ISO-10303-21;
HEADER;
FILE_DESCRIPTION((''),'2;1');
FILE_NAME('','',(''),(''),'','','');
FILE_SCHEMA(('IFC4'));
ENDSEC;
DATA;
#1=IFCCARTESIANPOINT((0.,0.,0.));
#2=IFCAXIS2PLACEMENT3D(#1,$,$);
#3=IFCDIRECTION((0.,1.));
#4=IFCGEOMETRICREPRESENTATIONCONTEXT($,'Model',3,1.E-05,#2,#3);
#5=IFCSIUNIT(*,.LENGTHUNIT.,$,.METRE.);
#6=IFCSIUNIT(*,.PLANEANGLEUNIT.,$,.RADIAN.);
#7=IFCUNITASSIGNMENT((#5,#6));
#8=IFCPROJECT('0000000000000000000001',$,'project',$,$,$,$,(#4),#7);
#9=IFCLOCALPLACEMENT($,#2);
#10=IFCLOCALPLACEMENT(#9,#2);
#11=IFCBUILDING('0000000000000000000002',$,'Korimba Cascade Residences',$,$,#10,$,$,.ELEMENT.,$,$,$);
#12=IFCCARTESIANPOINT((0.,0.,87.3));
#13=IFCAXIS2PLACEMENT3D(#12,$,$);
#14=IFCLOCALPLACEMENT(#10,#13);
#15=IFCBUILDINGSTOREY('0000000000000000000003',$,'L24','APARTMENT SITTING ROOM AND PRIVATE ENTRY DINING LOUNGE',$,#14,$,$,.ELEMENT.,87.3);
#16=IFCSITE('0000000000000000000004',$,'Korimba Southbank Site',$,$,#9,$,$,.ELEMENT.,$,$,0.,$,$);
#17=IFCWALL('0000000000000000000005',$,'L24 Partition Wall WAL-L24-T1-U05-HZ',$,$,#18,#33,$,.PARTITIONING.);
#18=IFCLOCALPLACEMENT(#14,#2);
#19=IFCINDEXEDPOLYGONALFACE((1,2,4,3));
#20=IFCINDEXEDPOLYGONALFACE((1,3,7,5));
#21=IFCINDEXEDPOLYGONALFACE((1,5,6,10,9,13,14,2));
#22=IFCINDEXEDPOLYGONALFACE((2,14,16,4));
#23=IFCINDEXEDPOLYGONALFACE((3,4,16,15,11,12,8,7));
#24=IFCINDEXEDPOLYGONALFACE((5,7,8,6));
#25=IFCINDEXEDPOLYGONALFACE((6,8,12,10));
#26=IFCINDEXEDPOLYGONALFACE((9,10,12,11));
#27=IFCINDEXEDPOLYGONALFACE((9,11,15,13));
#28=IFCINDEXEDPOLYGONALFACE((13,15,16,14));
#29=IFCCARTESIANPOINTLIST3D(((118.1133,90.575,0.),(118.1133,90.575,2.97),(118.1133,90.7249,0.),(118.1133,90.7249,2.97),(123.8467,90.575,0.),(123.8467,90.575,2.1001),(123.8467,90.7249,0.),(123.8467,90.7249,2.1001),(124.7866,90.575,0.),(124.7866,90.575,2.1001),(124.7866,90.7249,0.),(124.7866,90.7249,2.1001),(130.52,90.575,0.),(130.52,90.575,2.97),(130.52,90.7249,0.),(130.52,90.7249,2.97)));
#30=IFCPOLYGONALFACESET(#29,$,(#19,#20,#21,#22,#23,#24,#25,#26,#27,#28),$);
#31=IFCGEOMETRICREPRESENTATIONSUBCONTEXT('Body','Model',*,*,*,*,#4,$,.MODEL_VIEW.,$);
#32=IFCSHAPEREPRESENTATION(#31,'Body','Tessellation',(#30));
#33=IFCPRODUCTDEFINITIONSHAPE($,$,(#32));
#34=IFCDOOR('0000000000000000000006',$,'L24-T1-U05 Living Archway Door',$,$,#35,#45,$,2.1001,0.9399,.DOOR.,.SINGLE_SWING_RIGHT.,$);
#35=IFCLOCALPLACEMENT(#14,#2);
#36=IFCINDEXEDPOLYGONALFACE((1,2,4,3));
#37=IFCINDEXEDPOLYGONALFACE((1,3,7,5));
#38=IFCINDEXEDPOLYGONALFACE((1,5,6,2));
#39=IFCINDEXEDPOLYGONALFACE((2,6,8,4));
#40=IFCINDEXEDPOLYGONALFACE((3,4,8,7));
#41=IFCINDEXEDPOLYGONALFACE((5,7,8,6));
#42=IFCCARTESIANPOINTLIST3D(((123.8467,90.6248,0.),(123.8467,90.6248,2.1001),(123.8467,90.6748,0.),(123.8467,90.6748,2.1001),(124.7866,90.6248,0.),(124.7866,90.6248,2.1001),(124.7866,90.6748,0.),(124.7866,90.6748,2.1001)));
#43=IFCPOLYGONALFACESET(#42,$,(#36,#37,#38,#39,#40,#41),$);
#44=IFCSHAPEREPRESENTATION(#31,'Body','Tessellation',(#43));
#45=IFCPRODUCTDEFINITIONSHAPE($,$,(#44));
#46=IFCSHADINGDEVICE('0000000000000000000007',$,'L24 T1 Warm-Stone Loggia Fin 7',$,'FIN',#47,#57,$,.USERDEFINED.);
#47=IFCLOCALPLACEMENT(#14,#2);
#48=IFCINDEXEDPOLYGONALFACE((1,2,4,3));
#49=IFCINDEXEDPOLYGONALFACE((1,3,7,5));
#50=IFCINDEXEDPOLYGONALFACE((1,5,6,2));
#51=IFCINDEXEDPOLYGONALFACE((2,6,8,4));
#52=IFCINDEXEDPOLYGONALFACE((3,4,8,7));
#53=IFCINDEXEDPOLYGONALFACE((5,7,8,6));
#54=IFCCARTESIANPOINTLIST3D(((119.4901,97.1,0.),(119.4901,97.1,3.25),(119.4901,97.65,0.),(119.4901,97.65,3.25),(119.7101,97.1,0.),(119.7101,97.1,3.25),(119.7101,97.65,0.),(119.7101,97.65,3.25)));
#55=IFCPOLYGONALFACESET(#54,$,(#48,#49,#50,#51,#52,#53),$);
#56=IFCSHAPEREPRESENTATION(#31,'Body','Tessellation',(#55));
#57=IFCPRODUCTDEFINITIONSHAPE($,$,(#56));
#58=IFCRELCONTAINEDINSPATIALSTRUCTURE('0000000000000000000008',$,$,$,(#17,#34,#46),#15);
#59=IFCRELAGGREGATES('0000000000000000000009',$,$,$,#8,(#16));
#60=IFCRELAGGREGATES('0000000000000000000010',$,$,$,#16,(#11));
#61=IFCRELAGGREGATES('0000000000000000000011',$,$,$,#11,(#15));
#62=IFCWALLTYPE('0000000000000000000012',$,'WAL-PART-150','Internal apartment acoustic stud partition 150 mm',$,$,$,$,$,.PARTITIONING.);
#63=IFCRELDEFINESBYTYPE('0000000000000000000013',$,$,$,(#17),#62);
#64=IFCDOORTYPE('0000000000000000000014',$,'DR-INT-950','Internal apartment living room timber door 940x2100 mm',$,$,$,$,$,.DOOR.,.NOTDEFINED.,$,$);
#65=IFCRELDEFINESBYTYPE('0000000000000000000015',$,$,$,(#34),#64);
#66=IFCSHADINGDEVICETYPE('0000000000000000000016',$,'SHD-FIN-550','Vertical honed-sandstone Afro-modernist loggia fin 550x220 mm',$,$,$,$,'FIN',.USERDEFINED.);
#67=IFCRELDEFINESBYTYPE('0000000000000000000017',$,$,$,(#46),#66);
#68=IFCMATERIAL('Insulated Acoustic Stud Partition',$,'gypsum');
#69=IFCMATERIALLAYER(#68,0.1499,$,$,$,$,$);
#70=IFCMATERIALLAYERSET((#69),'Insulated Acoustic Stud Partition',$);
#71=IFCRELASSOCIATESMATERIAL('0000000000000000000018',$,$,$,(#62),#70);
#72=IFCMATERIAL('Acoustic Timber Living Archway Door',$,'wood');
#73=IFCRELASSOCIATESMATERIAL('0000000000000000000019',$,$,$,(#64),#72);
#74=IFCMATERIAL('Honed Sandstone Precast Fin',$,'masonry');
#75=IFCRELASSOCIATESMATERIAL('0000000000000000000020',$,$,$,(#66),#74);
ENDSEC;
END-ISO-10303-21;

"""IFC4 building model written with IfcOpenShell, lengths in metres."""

from ifc_helpers import new_model, si_unit, direction, frame, frame_2d, origin, origin_2d, place, context, subcontext, project, spatial, rectangle, extrude, material, layer, layer_set, type_object, element, fill, save


model = new_model("IFC4")

# Units and contexts
model_context = context("Model", 3, precision=1e-05, world=origin(), true_north=direction((0.0, 1.0)))
body_context = subcontext(model_context, "Body", "Model", "MODEL_VIEW")
ifc_project = project(units=[si_unit("LENGTHUNIT", "METRE"), si_unit("PLANEANGLEUNIT", "RADIAN")], contexts=[model_context])

# Site, building, storey
site_placement = place(None, origin())
site = spatial("IfcSite", under=ifc_project, at=site_placement, Name="Korimba Southbank Site", CompositionType="ELEMENT", RefElevation=0.0)
building_placement = place(site_placement, origin())
building = spatial("IfcBuilding", under=site, at=building_placement, Name="Korimba Cascade Residences", CompositionType="ELEMENT")
storey_placement = place(building_placement, frame((0.0, 0.0, 87.3)))
storey = spatial("IfcBuildingStorey", under=building, at=storey_placement, Name="L24", Description="APARTMENT SITTING ROOM AND PRIVATE ENTRY DINING LOUNGE", CompositionType="ELEMENT", Elevation=87.3)

# Shared definitions
ifc_material_1 = material(Name="Insulated Acoustic Stud Partition", Category="gypsum")
ifc_layer = layer(ifc_material_1, 0.1499)
ifc_layer_set = layer_set([ifc_layer], Name="Insulated Acoustic Stud Partition")
wall_type = type_object("IfcWallType", Name="WAL-PART-150", Description="Internal apartment acoustic stud partition 150 mm", PredefinedType="PARTITIONING", material=ifc_layer_set)

# Wall, opening, door
wall_1_placement = place(storey_placement, frame((118.1133, 90.6499, 0.0), z_axis=(0.0, 0.0, 1.0), x_axis=(1.0, 0.0, 0.0)))
wall_1 = element("IfcWall", 1, at=wall_1_placement, inside=storey, type_object=wall_type, Name="L24 Partition Wall WAL-L24-T1-U05-HZ", PredefinedType="PARTITIONING", context=body_context, shape_type="SweptSolid", body=[
    extrude(rectangle(XDim=12.4067, YDim=0.1499, at=frame_2d((6.2034, 0.0))), origin(), (0.0, 0.0, 1.0), 2.97),
])
opening_1_placement = place(wall_1_placement, frame((5.7334, 0.0, 0.0)))
opening_1 = element("IfcOpeningElement", 2, at=opening_1_placement, cuts=wall_1, PredefinedType="OPENING", context=body_context, shape_type="SweptSolid", body=[
    extrude(rectangle(XDim=0.9399, YDim=2.1001, at=frame_2d((0.47, 1.05))), frame((0.0, 0.085, 0.0), z_axis=(0.0, -1.0, 0.0), x_axis=(1.0, 0.0, 0.0)), (0.0, 0.0, 1.0), 0.1699),
])
ifc_material_2 = material(Name="Acoustic Timber Living Archway Door", Category="wood")
door_type_1 = type_object("IfcDoorType", Name="DR-INT-950", Description="Internal apartment living room timber door 940x2100 mm", OperationType="NOTDEFINED", PredefinedType="DOOR", material=ifc_material_2)
door_1_placement = place(opening_1_placement, origin())
door_1 = element("IfcDoor", 3, at=door_1_placement, inside=storey, type_object=door_type_1, Name="L24-T1-U05 Living Archway Door", OperationType="SINGLE_SWING_RIGHT", OverallHeight=2.1001, OverallWidth=0.9399, PredefinedType="DOOR", context=body_context, shape_type="SweptSolid", body=[
    extrude(rectangle(XDim=0.9399, YDim=2.1001, at=frame_2d((0.47, 1.05))), frame((0.0, 0.0249, 0.0), z_axis=(0.0, -1.0, 0.0), x_axis=(1.0, 0.0, 0.0)), (0.0, 0.0, 1.0), 0.05),
])
fill(opening_1, door_1)

# Shading device
ifc_material_3 = material(Name="Honed Sandstone Precast Fin", Category="masonry")
shading_device_type = type_object("IfcShadingDeviceType", Name="SHD-FIN-550", Description="Vertical honed-sandstone Afro-modernist loggia fin 550x220 mm", ElementType="FIN", PredefinedType="USERDEFINED", material=ifc_material_3)
shading_device_placement = place(storey_placement, frame((119.6001, 97.375, 0.0), z_axis=(0.0, 0.0, 1.0), x_axis=(1.0, 0.0, 0.0)))
element("IfcShadingDevice", 4, at=shading_device_placement, inside=storey, type_object=shading_device_type, Name="L24 T1 Warm-Stone Loggia Fin 7", ObjectType="FIN", PredefinedType="USERDEFINED", context=body_context, shape_type="SweptSolid", body=[
    extrude(rectangle(XDim=0.22, YDim=0.55, at=origin_2d()), origin(), (0.0, 0.0, 1.0), 3.25),
])

save(model, "model.ifc")
